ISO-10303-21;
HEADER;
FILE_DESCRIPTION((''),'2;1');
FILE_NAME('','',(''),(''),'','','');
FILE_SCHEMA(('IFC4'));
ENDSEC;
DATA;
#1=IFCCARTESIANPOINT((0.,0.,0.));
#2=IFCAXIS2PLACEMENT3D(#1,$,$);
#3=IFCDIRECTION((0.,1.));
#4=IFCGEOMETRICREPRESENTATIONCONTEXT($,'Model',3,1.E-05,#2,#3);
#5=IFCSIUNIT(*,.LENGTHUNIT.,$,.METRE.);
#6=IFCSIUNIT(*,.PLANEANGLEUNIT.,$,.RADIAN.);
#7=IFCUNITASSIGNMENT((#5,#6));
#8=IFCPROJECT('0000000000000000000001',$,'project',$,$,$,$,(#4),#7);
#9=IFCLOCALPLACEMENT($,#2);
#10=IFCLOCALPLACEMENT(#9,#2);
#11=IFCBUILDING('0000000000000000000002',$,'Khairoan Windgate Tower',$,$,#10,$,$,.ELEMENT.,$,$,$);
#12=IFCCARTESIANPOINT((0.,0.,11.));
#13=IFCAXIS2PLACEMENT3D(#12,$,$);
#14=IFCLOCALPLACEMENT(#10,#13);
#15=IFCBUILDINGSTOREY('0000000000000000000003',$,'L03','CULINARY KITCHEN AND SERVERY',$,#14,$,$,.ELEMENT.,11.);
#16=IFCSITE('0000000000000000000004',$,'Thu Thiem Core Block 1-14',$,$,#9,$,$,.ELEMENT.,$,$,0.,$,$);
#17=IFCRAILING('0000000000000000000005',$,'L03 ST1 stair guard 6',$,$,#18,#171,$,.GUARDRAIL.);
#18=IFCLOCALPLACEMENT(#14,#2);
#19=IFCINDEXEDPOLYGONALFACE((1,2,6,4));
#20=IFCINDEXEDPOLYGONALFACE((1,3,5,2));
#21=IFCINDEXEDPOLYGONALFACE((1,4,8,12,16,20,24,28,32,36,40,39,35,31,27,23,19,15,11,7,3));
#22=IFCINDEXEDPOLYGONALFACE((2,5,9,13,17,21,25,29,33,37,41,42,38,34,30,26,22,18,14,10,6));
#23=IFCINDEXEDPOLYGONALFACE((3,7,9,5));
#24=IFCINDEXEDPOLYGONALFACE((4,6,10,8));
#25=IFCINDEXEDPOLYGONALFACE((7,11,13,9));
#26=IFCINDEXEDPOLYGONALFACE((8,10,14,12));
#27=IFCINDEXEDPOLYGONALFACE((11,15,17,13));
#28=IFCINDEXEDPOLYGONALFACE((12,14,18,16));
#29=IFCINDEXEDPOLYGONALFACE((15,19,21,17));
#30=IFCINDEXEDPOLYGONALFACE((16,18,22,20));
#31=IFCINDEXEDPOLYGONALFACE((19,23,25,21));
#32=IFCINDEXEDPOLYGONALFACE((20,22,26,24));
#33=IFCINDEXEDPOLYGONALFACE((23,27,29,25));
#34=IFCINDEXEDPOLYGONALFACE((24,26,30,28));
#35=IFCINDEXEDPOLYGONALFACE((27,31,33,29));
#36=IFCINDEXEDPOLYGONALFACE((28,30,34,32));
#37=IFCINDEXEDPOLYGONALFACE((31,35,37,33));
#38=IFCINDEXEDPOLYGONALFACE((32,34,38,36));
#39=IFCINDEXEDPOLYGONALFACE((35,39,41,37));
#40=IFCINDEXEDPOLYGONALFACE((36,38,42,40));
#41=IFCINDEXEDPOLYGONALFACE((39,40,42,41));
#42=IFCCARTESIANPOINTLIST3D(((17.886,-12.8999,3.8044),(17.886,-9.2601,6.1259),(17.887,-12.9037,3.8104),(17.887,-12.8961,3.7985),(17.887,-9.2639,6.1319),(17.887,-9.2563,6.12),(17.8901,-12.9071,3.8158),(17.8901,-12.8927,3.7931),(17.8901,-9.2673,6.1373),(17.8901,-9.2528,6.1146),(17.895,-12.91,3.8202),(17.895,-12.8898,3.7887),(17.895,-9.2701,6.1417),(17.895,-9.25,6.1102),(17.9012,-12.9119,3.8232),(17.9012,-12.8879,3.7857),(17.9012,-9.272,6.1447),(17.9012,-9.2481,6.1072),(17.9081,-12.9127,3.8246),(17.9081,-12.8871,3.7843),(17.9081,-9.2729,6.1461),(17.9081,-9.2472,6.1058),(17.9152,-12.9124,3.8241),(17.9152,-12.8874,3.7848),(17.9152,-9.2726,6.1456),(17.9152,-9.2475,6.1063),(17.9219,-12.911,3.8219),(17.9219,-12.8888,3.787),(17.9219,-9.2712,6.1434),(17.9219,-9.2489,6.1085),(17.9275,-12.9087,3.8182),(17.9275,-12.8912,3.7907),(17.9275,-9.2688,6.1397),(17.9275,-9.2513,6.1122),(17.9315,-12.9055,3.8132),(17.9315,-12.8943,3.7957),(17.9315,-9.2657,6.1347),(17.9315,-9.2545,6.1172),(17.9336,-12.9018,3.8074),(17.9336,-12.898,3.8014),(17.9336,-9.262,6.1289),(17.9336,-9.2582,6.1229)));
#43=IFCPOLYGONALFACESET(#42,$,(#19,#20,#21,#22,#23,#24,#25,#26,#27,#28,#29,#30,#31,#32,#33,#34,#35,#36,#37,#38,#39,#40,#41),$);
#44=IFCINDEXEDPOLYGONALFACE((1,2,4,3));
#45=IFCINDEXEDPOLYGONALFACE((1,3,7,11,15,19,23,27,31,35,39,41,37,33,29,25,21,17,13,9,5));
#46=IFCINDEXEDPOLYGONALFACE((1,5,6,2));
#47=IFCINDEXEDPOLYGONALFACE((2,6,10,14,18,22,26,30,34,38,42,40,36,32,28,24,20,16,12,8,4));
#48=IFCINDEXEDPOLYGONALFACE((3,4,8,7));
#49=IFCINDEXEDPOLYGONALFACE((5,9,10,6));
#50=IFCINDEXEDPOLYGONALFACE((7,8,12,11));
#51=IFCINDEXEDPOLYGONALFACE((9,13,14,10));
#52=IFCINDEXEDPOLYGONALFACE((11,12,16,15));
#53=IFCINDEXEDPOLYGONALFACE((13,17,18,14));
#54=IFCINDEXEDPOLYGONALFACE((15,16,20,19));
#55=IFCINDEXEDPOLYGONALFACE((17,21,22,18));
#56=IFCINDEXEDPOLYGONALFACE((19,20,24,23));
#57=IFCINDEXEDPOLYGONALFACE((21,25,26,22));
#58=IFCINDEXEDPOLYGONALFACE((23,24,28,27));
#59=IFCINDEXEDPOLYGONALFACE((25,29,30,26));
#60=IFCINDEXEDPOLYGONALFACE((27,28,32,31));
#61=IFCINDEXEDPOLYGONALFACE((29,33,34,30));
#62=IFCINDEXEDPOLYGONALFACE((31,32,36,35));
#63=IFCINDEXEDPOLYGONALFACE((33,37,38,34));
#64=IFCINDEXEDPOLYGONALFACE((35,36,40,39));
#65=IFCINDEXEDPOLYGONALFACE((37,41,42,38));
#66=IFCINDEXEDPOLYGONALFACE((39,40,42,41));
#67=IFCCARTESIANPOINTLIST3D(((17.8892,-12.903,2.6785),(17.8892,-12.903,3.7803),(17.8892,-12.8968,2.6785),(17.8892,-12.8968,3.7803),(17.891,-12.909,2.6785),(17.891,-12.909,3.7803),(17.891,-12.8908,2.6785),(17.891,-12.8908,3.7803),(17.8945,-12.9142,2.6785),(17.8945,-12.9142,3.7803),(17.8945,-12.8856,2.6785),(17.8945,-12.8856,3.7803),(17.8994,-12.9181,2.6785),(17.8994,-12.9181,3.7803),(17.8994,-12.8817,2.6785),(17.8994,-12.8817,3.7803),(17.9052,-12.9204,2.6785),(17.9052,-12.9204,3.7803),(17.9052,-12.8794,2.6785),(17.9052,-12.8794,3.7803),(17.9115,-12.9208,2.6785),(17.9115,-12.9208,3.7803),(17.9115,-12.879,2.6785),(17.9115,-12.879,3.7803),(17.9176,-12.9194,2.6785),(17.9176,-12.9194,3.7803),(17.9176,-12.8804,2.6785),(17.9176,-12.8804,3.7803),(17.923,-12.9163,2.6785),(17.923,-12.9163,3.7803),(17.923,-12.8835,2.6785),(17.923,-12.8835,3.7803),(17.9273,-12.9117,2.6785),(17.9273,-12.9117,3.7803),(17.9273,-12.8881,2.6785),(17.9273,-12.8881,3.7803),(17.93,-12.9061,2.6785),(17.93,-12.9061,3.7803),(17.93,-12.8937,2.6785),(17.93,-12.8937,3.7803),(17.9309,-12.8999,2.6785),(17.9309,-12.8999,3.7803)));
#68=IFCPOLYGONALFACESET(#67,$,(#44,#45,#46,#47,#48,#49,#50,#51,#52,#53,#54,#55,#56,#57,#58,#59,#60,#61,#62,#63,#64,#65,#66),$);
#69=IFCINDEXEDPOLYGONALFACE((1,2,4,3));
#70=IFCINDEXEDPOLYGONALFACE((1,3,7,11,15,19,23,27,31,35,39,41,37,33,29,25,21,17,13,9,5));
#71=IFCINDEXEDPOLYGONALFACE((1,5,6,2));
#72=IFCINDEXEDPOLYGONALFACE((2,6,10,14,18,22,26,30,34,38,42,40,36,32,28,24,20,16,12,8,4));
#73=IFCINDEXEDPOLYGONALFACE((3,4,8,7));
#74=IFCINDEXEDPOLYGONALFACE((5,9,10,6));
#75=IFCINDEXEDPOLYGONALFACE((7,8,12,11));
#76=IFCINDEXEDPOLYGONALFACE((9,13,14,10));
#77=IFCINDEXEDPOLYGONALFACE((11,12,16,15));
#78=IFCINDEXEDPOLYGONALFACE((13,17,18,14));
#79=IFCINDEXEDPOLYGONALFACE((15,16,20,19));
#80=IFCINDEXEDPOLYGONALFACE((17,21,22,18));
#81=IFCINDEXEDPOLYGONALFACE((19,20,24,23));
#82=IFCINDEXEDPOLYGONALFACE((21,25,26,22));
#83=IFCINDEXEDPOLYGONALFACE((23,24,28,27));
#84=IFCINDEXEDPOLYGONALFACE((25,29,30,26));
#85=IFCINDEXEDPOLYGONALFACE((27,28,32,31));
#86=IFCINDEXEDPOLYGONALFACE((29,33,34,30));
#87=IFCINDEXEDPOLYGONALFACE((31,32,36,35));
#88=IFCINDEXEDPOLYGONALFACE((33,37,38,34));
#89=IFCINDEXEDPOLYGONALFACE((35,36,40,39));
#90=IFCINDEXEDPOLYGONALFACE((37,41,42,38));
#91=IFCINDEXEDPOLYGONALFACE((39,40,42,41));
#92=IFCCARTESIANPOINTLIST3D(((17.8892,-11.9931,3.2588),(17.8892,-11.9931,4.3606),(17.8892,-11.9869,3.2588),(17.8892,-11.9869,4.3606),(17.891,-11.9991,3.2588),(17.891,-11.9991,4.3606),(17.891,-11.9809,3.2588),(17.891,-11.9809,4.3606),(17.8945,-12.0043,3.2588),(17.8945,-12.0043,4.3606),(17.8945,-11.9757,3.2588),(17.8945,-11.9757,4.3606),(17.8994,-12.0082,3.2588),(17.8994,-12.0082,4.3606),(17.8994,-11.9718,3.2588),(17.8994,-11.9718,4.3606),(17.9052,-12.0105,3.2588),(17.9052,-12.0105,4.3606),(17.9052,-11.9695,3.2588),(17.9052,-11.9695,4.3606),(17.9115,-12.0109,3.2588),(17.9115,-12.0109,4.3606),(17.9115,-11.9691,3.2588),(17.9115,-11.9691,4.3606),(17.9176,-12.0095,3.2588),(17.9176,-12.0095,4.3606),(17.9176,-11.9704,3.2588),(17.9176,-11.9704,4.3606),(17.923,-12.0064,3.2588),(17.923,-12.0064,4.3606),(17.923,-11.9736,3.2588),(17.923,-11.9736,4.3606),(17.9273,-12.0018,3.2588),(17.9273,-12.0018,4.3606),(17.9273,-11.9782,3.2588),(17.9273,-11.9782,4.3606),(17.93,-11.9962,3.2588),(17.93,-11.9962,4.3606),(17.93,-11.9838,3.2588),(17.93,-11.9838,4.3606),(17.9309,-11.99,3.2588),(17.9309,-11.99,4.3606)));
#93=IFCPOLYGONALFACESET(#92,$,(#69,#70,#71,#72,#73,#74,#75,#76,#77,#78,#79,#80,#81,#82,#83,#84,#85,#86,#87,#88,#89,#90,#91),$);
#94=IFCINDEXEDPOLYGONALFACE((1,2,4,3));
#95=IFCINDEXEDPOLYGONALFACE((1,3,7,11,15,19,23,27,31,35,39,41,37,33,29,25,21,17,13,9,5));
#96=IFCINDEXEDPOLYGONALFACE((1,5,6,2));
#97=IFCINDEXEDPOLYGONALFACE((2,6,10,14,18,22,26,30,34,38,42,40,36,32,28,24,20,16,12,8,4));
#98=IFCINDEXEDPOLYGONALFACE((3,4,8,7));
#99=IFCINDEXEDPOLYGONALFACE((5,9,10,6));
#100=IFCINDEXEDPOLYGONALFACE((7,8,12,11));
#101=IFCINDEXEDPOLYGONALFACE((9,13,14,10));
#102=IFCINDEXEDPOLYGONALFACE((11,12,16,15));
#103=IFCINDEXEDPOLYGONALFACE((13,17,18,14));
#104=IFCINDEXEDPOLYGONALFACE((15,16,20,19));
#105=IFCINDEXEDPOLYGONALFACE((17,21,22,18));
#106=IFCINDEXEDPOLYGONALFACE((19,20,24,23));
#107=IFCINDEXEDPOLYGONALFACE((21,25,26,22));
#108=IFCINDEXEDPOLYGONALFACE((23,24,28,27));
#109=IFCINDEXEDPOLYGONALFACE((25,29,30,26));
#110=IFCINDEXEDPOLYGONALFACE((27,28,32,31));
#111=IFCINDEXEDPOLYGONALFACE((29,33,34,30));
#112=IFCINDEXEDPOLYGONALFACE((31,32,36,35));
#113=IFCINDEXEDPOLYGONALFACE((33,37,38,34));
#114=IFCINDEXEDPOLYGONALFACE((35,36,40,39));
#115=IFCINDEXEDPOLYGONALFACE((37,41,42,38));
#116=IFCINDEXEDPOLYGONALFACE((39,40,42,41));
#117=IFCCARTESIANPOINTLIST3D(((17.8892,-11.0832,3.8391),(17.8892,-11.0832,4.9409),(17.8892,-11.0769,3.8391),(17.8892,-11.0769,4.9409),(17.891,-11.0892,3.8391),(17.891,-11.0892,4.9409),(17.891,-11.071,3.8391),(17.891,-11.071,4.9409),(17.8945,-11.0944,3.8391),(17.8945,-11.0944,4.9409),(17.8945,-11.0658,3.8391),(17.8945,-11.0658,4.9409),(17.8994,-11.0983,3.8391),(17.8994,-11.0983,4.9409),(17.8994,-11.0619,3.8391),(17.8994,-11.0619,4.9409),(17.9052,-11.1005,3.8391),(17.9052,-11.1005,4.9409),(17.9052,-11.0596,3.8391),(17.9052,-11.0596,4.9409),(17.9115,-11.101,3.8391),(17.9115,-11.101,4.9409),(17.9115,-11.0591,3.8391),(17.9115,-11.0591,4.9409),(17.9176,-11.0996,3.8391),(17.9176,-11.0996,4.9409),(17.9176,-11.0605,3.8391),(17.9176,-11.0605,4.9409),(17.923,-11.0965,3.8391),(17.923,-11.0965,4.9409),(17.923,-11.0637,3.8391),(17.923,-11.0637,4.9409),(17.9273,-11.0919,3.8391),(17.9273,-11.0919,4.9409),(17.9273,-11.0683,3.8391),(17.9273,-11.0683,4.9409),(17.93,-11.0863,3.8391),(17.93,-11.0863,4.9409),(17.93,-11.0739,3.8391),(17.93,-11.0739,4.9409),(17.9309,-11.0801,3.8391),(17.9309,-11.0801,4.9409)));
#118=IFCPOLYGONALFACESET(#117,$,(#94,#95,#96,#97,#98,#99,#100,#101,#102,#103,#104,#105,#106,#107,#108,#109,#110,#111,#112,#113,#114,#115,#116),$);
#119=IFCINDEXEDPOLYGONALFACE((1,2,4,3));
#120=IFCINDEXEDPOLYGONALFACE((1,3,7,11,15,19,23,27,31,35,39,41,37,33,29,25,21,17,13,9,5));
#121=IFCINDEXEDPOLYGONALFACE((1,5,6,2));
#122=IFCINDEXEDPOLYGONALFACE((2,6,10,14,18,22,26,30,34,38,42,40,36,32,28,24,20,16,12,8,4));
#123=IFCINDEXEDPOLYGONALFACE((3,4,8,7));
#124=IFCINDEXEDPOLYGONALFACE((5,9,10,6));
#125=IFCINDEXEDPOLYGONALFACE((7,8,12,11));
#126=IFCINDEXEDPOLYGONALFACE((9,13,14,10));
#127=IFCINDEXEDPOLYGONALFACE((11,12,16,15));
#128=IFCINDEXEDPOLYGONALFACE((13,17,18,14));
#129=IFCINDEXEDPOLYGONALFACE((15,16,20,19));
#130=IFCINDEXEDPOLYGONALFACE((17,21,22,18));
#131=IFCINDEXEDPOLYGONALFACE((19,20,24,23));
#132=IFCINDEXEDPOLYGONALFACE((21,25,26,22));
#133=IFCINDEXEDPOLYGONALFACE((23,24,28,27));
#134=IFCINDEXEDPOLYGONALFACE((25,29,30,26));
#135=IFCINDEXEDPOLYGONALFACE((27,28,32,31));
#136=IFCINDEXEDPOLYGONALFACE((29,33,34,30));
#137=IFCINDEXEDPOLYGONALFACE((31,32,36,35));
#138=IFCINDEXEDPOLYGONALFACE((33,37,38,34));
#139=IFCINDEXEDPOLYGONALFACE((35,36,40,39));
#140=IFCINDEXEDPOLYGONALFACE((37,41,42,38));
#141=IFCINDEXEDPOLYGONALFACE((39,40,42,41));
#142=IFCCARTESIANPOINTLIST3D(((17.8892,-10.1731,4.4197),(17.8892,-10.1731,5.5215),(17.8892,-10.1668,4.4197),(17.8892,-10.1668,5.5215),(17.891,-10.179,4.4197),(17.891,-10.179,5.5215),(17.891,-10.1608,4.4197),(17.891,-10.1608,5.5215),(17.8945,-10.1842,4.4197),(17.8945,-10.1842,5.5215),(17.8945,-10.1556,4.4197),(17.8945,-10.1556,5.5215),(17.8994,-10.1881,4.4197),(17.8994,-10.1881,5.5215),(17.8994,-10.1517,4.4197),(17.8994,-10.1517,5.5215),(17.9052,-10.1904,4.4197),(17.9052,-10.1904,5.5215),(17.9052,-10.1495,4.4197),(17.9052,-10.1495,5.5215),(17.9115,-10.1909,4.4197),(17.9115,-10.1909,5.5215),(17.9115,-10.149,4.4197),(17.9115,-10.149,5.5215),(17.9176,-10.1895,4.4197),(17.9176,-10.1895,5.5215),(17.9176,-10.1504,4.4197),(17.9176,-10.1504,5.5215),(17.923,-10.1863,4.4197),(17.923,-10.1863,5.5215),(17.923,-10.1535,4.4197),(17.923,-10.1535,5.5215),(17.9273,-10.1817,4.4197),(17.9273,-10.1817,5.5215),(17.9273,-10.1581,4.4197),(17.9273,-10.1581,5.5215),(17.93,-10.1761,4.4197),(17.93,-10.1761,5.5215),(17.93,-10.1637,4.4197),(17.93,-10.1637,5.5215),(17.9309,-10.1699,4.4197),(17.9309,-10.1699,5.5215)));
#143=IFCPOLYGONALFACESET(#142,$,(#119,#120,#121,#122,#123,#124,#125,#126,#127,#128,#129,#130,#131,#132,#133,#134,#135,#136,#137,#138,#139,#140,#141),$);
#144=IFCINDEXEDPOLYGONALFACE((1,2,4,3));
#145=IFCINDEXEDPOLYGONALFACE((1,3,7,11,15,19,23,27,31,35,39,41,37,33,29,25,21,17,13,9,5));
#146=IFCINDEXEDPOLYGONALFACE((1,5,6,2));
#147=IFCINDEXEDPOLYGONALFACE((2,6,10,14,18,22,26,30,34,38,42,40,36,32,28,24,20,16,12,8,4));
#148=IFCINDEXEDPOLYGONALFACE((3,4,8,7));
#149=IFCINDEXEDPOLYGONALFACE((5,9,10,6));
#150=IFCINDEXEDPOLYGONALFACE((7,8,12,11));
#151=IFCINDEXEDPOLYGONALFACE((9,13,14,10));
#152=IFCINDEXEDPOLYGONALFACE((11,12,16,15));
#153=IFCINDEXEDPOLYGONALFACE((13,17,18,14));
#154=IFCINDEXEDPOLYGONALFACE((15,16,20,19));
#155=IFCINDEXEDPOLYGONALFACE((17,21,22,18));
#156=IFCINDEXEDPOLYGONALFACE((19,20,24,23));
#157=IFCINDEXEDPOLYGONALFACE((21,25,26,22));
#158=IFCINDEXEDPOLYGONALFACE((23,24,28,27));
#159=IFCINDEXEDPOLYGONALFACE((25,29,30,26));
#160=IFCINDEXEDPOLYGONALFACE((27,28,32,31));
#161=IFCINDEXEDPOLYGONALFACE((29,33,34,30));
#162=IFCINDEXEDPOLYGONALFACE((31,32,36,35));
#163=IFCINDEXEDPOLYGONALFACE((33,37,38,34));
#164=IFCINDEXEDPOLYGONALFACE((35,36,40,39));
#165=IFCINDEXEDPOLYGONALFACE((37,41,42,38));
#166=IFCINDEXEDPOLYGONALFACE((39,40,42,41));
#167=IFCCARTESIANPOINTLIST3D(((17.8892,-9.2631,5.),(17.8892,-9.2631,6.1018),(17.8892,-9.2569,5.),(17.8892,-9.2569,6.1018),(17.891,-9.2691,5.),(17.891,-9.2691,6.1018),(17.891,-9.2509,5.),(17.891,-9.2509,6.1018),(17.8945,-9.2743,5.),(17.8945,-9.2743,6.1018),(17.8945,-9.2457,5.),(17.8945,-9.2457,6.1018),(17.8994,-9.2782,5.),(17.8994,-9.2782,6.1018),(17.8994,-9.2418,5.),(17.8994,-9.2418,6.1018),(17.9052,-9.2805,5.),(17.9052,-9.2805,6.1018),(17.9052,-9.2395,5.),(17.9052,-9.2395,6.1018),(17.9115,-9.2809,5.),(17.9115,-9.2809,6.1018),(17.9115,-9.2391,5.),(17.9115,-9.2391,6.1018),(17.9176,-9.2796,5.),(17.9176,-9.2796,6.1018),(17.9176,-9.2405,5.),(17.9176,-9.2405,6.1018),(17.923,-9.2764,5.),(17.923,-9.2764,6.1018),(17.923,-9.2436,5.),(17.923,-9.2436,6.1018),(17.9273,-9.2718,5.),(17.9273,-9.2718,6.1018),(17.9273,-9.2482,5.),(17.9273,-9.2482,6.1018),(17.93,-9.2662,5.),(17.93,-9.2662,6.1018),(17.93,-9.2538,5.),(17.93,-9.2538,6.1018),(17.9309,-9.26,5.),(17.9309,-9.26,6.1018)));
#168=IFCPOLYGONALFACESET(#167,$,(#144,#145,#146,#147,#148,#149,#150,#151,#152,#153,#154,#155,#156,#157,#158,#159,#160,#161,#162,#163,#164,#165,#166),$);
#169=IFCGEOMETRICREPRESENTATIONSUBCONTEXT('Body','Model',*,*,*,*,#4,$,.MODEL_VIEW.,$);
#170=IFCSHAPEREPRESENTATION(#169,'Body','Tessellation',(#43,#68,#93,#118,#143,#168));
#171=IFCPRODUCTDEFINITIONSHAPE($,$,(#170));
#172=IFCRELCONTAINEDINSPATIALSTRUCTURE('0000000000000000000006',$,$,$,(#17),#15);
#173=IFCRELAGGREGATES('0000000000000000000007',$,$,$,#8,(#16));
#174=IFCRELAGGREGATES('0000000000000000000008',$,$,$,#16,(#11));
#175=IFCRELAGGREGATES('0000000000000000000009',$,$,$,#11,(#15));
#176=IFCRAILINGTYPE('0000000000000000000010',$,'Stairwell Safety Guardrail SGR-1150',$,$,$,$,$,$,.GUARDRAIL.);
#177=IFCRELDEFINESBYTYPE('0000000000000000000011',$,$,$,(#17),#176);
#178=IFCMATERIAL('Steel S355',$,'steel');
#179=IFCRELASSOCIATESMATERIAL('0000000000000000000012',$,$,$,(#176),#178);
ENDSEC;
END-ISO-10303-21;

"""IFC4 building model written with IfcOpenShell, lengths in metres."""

from ifc_helpers import new_model, si_unit, direction, frame, origin, origin_2d, place, context, subcontext, project, spatial, circle, extrude, material, type_object, element, save


model = new_model("IFC4")

# Units and contexts
model_context = context("Model", 3, precision=1e-05, world=origin(), true_north=direction((0.0, 1.0)))
body_context = subcontext(model_context, "Body", "Model", "MODEL_VIEW")
ifc_project = project(units=[si_unit("LENGTHUNIT", "METRE"), si_unit("PLANEANGLEUNIT", "RADIAN")], contexts=[model_context])

# Site, building, storey
site_placement = place(None, origin())
site = spatial("IfcSite", under=ifc_project, at=site_placement, Name="Thu Thiem Core Block 1-14", CompositionType="ELEMENT", RefElevation=0.0)
building_placement = place(site_placement, origin())
building = spatial("IfcBuilding", under=site, at=building_placement, Name="Khairoan Windgate Tower", CompositionType="ELEMENT")
storey_placement = place(building_placement, frame((0.0, 0.0, 11.0)))
storey = spatial("IfcBuildingStorey", under=building, at=storey_placement, Name="L03", Description="CULINARY KITCHEN AND SERVERY", CompositionType="ELEMENT", Elevation=11.0)

# Railing
ifc_material_1 = material(Name="Steel S355", Category="steel")
railing_type_1 = type_object("IfcRailingType", Name="Stairwell Safety Guardrail SGR-1150", PredefinedType="GUARDRAIL", material=ifc_material_1)
railing_1_placement = place(storey_placement, frame((17.9099, -12.8999, 2.6785)))
element("IfcRailing", 1, at=railing_1_placement, inside=storey, type_object=railing_type_1, Name="L03 ST1 stair guard 6", PredefinedType="GUARDRAIL", context=body_context, shape_type="SweptSolid", body=[
    extrude(circle(Radius=0.0239, at=origin_2d()), frame((0.0, 0.0, 1.126), z_axis=(0.0, 0.843112, 0.537739), x_axis=(-1.0, 0.0, 0.0)), (0.0, 0.0, 1.0), 4.3171),
    extrude(circle(Radius=0.021, at=origin_2d()), origin(), (0.0, 0.0, 1.0), 1.1018),
    extrude(circle(Radius=0.021, at=origin_2d()), frame((0.0, 0.9099, 0.5803)), (0.0, 0.0, 1.0), 1.1018),
    extrude(circle(Radius=0.021, at=origin_2d()), frame((0.0, 1.8198, 1.1606)), (0.0, 0.0, 1.0), 1.1018),
    extrude(circle(Radius=0.021, at=origin_2d()), frame((0.0, 2.73, 1.7412)), (0.0, 0.0, 1.0), 1.1018),
    extrude(circle(Radius=0.021, at=origin_2d()), frame((0.0, 3.6399, 2.3215)), (0.0, 0.0, 1.0), 1.1018),
])

save(model, "model.ifc")
